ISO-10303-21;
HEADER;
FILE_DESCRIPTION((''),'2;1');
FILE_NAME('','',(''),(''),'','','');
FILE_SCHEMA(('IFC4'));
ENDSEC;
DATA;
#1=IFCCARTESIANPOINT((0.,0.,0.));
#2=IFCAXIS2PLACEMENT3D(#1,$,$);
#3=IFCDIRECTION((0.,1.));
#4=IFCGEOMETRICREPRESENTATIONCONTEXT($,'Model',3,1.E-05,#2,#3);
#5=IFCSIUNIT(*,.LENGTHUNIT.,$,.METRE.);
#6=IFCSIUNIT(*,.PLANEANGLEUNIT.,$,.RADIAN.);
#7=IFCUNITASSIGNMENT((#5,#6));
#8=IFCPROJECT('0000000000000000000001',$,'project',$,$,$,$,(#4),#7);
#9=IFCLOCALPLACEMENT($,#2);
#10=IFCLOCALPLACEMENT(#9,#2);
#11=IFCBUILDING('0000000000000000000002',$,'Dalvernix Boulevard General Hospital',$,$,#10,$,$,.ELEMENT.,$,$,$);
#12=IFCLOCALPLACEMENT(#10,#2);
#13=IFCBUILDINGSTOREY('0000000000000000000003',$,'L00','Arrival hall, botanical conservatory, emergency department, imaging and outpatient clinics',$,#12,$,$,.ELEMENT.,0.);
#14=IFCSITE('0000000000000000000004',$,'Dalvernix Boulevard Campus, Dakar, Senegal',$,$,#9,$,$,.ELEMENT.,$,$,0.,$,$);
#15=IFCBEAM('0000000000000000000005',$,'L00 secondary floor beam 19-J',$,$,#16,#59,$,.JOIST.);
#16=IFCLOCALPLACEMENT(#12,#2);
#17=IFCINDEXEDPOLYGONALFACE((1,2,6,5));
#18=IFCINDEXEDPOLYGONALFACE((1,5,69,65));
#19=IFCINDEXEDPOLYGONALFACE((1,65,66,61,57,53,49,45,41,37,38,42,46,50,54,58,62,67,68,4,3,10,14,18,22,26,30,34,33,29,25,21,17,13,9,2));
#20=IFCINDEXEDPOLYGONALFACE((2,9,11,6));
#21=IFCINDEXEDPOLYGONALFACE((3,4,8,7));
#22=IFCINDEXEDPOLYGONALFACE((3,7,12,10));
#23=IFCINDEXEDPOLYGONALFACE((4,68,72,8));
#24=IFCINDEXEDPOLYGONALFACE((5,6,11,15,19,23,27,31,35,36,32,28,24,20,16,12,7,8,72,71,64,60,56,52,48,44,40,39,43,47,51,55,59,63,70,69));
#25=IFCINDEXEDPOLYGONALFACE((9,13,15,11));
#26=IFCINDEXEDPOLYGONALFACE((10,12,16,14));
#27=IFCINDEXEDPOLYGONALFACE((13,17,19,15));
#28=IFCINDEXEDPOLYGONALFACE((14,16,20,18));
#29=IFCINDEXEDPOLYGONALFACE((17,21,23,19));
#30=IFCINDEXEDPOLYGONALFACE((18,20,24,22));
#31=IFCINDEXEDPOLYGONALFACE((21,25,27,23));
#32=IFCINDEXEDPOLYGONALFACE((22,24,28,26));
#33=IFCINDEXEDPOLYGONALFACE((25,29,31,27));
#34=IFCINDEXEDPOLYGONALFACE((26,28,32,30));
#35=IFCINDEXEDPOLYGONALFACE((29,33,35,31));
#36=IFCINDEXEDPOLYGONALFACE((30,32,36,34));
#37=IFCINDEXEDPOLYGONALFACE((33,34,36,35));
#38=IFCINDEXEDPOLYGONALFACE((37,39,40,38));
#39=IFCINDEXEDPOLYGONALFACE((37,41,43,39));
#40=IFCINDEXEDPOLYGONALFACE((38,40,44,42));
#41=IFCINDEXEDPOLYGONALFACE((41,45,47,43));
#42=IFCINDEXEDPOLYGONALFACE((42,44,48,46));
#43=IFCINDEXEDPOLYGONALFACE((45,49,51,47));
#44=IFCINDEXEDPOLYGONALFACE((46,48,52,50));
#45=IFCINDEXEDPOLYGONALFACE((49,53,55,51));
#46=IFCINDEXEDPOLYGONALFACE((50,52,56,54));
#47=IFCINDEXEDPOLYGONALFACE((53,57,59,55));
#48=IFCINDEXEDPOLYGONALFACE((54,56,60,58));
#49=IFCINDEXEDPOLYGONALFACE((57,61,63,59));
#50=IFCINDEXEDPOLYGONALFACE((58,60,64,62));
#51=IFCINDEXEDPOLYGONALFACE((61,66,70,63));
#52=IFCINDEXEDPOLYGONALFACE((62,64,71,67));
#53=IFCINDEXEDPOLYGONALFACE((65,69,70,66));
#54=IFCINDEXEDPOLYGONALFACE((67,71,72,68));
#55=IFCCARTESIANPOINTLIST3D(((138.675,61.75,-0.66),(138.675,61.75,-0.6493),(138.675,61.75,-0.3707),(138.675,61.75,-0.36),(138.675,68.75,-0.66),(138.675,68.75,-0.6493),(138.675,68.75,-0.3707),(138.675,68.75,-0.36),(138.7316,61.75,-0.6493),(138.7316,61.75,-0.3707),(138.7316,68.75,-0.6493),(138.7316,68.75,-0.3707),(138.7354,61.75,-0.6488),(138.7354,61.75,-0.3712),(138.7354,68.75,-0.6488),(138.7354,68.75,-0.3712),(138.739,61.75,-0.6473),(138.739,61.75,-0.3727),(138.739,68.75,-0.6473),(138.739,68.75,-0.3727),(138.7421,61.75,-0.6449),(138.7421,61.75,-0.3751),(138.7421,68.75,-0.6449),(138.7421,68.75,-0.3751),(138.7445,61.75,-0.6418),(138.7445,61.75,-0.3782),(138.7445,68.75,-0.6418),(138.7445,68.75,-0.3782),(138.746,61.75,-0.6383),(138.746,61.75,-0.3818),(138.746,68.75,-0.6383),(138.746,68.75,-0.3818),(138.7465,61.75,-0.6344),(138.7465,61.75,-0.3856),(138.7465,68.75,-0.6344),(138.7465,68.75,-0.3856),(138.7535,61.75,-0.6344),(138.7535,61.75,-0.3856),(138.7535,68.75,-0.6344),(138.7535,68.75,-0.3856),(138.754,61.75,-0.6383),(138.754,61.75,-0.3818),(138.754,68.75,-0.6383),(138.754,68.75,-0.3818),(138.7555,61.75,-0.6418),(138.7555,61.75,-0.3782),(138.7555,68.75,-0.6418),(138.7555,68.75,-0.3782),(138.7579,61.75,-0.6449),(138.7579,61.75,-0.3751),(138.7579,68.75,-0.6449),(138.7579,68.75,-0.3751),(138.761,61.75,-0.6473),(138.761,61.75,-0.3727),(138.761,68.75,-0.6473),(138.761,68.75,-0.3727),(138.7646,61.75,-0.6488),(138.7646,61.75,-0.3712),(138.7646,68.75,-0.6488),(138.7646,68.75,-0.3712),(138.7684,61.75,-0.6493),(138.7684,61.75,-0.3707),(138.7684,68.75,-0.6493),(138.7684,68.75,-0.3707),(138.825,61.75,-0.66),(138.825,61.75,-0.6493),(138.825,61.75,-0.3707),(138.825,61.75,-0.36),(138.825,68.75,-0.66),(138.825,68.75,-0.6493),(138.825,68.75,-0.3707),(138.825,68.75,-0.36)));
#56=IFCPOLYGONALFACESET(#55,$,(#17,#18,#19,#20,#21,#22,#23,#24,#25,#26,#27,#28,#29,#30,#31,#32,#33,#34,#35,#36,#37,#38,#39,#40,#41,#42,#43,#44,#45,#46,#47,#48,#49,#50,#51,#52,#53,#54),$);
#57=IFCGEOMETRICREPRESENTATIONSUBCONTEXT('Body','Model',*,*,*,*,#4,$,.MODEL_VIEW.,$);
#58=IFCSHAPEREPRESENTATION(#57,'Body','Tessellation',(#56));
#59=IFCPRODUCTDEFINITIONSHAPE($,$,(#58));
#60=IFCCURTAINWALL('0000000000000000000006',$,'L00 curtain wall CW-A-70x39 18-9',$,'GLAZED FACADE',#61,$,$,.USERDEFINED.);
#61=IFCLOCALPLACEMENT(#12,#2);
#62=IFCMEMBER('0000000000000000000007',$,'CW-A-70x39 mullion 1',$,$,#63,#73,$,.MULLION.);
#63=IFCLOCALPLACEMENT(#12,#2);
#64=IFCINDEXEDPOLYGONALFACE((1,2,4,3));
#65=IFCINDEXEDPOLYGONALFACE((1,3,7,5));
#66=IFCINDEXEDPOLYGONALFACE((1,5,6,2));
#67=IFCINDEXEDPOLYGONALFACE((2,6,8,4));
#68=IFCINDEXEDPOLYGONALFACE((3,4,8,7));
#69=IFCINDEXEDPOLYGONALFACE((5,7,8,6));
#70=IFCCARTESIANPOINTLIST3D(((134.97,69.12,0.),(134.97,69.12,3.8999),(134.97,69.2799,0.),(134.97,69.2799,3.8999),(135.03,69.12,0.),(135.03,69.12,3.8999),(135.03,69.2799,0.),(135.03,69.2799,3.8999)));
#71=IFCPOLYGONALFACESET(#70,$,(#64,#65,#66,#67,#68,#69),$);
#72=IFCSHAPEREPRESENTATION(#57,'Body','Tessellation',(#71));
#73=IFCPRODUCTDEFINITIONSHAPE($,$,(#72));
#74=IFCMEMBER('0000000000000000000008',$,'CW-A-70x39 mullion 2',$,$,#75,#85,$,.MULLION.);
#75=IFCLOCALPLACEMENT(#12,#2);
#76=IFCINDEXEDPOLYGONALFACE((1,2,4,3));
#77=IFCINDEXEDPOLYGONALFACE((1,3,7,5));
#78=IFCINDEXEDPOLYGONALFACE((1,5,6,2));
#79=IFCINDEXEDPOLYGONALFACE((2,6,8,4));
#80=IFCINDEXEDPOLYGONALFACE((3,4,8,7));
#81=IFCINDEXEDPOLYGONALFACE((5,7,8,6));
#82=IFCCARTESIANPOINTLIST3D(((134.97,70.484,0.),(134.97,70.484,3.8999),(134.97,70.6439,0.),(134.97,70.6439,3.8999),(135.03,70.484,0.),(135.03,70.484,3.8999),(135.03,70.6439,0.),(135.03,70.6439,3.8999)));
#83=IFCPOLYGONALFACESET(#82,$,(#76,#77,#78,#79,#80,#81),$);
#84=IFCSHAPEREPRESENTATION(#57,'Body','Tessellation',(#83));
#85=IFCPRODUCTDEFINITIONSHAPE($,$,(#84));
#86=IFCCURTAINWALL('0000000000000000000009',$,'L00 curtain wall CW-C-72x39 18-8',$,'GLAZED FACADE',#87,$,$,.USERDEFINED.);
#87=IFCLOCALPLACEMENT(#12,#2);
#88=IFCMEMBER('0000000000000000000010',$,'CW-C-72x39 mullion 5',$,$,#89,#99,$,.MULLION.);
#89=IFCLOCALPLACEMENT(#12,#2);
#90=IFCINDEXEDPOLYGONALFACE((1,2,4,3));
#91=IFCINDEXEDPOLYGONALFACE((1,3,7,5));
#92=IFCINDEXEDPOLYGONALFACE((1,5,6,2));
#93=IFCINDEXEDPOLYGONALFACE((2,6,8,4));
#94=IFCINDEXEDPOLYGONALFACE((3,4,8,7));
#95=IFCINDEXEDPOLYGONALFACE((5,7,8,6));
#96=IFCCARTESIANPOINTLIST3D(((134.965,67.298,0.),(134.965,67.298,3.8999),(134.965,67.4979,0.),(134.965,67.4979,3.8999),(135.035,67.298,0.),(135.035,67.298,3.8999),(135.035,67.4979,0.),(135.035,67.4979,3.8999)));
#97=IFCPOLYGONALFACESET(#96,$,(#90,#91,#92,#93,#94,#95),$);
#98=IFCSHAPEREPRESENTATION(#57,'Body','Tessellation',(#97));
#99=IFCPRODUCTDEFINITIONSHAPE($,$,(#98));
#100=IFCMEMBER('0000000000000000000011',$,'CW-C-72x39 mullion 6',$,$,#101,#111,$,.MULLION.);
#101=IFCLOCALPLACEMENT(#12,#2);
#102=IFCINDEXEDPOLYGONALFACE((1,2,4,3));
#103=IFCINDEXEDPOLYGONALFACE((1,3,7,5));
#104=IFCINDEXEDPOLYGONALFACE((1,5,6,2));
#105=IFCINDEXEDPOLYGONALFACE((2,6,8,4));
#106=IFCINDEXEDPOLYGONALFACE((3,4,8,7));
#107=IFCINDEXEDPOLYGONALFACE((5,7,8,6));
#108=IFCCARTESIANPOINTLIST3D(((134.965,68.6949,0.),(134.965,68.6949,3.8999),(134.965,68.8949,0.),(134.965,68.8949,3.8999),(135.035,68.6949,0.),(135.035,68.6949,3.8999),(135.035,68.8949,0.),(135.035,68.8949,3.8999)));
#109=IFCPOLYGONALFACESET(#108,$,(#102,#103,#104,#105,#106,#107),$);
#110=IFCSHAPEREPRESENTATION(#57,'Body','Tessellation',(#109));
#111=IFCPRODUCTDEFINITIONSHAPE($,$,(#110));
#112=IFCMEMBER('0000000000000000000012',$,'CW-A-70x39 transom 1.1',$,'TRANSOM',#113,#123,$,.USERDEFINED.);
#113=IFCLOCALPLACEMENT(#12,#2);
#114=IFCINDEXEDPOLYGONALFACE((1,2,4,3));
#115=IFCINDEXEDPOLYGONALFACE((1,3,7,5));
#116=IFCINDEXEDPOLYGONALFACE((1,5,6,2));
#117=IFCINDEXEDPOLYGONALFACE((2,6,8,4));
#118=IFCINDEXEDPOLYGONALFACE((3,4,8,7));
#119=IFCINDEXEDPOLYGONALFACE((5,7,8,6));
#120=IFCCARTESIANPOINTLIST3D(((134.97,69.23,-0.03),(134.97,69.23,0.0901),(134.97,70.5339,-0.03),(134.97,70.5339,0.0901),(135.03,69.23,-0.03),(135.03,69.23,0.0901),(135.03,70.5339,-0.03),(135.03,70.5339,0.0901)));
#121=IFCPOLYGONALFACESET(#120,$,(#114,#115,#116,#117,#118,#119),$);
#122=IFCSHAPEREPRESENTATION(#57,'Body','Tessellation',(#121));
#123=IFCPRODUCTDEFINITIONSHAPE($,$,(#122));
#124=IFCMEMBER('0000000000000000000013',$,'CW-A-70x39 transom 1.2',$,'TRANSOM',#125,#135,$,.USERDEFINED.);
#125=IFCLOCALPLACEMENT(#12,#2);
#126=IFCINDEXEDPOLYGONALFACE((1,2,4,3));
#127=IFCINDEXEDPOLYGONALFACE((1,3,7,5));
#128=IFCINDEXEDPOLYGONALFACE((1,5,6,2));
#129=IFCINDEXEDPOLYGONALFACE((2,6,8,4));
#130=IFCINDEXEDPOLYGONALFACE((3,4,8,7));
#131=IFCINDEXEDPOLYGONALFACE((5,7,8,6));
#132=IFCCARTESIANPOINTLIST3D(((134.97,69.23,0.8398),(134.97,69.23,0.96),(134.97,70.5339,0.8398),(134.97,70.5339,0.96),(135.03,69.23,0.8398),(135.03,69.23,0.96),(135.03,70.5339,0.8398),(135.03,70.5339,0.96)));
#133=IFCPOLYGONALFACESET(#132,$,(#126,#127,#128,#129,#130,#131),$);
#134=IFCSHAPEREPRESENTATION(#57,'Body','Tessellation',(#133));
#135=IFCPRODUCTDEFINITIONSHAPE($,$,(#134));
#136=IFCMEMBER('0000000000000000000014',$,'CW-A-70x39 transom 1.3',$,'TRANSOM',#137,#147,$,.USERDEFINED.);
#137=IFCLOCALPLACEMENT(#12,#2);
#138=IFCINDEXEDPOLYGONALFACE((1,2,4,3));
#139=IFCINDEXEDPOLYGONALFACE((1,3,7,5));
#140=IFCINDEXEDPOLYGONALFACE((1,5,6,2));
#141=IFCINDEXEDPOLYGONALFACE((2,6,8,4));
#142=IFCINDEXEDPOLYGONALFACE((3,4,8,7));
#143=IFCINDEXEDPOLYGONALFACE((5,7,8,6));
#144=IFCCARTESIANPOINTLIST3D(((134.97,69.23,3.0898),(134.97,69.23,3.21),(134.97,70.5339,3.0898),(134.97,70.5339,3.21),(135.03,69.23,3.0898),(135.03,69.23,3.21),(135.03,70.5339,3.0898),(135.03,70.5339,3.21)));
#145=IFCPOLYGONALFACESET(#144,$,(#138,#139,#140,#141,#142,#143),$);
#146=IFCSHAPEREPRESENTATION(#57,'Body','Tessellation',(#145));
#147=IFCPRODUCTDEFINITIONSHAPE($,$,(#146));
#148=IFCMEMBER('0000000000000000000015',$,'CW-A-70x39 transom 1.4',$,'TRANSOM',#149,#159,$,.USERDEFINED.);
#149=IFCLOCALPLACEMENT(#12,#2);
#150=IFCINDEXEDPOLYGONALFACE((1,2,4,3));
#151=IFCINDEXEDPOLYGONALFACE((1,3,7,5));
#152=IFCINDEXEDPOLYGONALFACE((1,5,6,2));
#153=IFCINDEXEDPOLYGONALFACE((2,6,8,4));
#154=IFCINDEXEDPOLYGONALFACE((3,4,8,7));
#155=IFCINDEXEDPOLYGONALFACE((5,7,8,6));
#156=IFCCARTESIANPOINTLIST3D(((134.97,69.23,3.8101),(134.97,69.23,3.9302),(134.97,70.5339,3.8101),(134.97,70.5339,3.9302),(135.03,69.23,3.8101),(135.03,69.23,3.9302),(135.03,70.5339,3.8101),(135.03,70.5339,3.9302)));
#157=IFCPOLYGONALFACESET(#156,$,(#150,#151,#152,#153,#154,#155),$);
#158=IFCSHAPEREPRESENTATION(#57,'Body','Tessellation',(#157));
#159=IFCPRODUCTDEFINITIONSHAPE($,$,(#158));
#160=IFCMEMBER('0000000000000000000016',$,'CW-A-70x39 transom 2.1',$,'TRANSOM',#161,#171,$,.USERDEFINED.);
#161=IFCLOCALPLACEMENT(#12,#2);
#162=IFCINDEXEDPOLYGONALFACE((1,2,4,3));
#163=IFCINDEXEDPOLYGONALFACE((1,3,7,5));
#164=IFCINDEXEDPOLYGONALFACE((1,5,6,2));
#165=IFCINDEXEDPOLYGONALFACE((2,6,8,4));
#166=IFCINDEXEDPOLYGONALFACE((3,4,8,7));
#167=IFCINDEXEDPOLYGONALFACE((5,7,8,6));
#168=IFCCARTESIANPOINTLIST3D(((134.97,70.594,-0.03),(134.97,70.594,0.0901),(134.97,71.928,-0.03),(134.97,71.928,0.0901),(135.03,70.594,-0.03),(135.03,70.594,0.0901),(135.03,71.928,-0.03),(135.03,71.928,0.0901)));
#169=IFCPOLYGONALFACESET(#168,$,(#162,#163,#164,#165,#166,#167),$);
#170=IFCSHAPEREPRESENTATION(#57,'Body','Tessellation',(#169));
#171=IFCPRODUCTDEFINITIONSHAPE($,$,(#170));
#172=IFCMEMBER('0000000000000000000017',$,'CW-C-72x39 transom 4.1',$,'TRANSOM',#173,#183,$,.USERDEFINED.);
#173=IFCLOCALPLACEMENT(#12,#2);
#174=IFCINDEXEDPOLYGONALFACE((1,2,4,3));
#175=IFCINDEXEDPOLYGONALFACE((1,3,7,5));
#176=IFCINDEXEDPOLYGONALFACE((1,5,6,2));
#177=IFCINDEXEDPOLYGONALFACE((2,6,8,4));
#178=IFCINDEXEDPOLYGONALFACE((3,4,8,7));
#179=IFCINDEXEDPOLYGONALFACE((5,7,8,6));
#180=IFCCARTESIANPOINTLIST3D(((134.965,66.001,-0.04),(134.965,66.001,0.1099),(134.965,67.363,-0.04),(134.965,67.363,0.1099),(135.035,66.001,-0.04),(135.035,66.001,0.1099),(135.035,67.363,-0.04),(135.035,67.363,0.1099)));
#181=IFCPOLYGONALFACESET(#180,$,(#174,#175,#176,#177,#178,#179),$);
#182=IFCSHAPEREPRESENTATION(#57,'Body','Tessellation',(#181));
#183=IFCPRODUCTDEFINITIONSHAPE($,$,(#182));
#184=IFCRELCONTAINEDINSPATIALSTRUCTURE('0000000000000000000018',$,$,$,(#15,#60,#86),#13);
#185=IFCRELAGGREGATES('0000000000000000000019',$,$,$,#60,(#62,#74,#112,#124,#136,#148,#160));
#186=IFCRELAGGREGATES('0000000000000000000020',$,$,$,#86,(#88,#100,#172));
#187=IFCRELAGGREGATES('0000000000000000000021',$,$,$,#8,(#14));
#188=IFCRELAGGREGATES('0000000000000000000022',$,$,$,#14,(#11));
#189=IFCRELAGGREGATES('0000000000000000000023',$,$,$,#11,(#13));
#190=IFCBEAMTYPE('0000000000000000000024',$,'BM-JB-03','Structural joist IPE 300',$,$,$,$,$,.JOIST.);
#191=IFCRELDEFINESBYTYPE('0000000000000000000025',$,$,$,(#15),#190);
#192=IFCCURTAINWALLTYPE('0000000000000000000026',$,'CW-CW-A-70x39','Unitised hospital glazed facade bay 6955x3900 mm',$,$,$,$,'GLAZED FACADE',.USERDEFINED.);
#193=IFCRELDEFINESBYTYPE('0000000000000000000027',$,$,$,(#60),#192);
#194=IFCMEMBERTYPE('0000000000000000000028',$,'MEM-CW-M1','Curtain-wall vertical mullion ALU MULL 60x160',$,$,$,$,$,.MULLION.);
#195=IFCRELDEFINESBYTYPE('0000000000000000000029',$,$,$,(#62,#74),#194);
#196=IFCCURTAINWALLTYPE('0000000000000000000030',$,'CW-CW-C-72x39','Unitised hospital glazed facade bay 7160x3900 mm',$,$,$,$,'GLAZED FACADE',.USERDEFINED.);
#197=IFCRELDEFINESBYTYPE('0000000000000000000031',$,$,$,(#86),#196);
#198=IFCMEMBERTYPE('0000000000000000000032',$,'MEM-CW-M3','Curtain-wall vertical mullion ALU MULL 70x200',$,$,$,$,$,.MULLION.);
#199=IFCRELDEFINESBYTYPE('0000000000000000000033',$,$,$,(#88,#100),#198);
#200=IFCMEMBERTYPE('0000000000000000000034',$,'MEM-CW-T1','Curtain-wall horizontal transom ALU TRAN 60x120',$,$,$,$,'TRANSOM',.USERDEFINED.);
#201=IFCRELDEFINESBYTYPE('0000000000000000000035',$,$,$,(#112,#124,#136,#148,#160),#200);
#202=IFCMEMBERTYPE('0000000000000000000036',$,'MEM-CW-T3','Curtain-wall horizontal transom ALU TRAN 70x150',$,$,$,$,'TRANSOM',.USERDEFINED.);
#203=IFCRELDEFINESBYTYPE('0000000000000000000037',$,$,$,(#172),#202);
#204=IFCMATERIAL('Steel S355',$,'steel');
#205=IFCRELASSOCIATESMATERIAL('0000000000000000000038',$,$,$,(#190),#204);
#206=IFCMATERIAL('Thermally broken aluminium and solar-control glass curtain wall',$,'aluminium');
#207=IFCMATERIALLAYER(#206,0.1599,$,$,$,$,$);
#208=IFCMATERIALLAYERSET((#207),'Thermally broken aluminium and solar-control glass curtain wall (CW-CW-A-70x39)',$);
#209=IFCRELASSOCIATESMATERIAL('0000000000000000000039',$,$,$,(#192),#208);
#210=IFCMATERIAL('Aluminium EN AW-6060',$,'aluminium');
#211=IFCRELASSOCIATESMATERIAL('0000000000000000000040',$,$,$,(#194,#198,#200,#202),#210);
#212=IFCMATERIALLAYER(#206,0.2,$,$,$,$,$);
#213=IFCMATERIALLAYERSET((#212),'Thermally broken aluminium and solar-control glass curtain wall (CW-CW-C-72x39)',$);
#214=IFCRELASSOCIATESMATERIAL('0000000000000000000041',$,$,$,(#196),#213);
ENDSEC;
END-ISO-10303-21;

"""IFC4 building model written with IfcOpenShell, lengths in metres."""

from ifc_helpers import new_model, si_unit, direction, frame, origin, origin_2d, place, context, subcontext, project, spatial, rectangle, i_section, extrude, material, layer, layer_set, material_profile, profile_set, type_object, element, aggregate, save


model = new_model("IFC4")

# Units and contexts
model_context = context("Model", 3, precision=1e-05, world=origin(), true_north=direction((0.0, 1.0)))
body_context = subcontext(model_context, "Body", "Model", "MODEL_VIEW")
ifc_project = project(units=[si_unit("LENGTHUNIT", "METRE"), si_unit("PLANEANGLEUNIT", "RADIAN")], contexts=[model_context])

# Site, building, storey
site_placement = place(None, origin())
site = spatial("IfcSite", under=ifc_project, at=site_placement, Name="Dalvernix Boulevard Campus, Dakar, Senegal", CompositionType="ELEMENT", RefElevation=0.0)
building_placement = place(site_placement, origin())
building = spatial("IfcBuilding", under=site, at=building_placement, Name="Dalvernix Boulevard General Hospital", CompositionType="ELEMENT")
storey_placement = place(building_placement, origin())
storey = spatial("IfcBuildingStorey", under=building, at=storey_placement, Name="L00", Description="Arrival hall, botanical conservatory, emergency department, imaging and outpatient clinics", CompositionType="ELEMENT", Elevation=0.0)

# Beam
ifc_material_1 = material(Name="Steel S355", Category="steel")
ifc_material_profile_1 = material_profile(ifc_material_1, i_section(OverallWidth=0.1499, OverallDepth=0.3, WebThickness=0.0071, FlangeThickness=0.0107, FilletRadius=0.0149, at=origin_2d()), Name="IPE 300")
ifc_profile_set_1 = profile_set([ifc_material_profile_1], Name="Steel S355")
beam_type_1 = type_object("IfcBeamType", Name="BM-JB-03", Description="Structural joist IPE 300", PredefinedType="JOIST", material=ifc_profile_set_1)
beam_placement = place(storey_placement, frame((138.75, 61.75, -0.51), z_axis=(0.0, 1.0, 0.0), x_axis=(-1.0, 0.0, 0.0)))
element("IfcBeam", 1, at=beam_placement, inside=storey, type_object=beam_type_1, Name="L00 secondary floor beam 19-J", PredefinedType="JOIST", context=body_context, shape_type="SweptSolid", body=[
    extrude(i_section(OverallWidth=0.1499, OverallDepth=0.3, WebThickness=0.0071, FlangeThickness=0.0107, FilletRadius=0.0149, at=origin_2d()), origin(), (0.0, 0.0, 1.0), 7.0),
])

# Curtain walls, members
ifc_material_2 = material(Name="Thermally broken aluminium and solar-control glass curtain wall", Category="aluminium")
ifc_layer_1 = layer(ifc_material_2, 0.1599)
ifc_layer_set_1 = layer_set([ifc_layer_1], Name="Thermally broken aluminium and solar-control glass curtain wall (CW-CW-A-70x39)")
curtain_wall_type_1 = type_object("IfcCurtainWallType", Name="CW-CW-A-70x39", Description="Unitised hospital glazed facade bay 6955x3900 mm", ElementType="GLAZED FACADE", PredefinedType="USERDEFINED", material=ifc_layer_set_1)
curtain_wall_1_placement = place(storey_placement, origin())
curtain_wall_1 = element("IfcCurtainWall", 2, at=curtain_wall_1_placement, inside=storey, type_object=curtain_wall_type_1, Name="L00 curtain wall CW-A-70x39 18-9", ObjectType="GLAZED FACADE", PredefinedType="USERDEFINED")
ifc_material_3 = material(Name="Aluminium EN AW-6060", Category="aluminium")
ifc_material_profile_2 = material_profile(ifc_material_3, rectangle(XDim=0.0601, YDim=0.1599, at=origin_2d()), Name="ALU MULL 60x160")
ifc_profile_set_2 = profile_set([ifc_material_profile_2], Name="Aluminium EN AW-6060")
member_type_1 = type_object("IfcMemberType", Name="MEM-CW-M1", Description="Curtain-wall vertical mullion ALU MULL 60x160", PredefinedType="MULLION", material=ifc_profile_set_2)
member_1_placement = place(storey_placement, frame((135.0, 69.2, 0.0), z_axis=(0.0, 0.0, 1.0), x_axis=(-1.0, 0.0, 0.0)))
member_1 = element("IfcMember", 3, at=member_1_placement, type_object=member_type_1, Name="CW-A-70x39 mullion 1", PredefinedType="MULLION", context=body_context, shape_type="SweptSolid", body=[
    extrude(rectangle(XDim=0.0601, YDim=0.1599, at=origin_2d()), origin(), (0.0, 0.0, 1.0), 3.8999),
])
member_2_placement = place(storey_placement, frame((135.0, 70.564, 0.0), z_axis=(0.0, 0.0, 1.0), x_axis=(-1.0, 0.0, 0.0)))
member_2 = element("IfcMember", 4, at=member_2_placement, type_object=member_type_1, Name="CW-A-70x39 mullion 2", PredefinedType="MULLION", context=body_context, shape_type="SweptSolid", body=[
    extrude(rectangle(XDim=0.0601, YDim=0.1599, at=origin_2d()), origin(), (0.0, 0.0, 1.0), 3.8999),
])
ifc_layer_2 = layer(ifc_material_2, 0.2)
ifc_layer_set_2 = layer_set([ifc_layer_2], Name="Thermally broken aluminium and solar-control glass curtain wall (CW-CW-C-72x39)")
curtain_wall_type_2 = type_object("IfcCurtainWallType", Name="CW-CW-C-72x39", Description="Unitised hospital glazed facade bay 7160x3900 mm", ElementType="GLAZED FACADE", PredefinedType="USERDEFINED", material=ifc_layer_set_2)
curtain_wall_2_placement = place(storey_placement, origin())
curtain_wall_2 = element("IfcCurtainWall", 5, at=curtain_wall_2_placement, inside=storey, type_object=curtain_wall_type_2, Name="L00 curtain wall CW-C-72x39 18-8", ObjectType="GLAZED FACADE", PredefinedType="USERDEFINED")
ifc_material_profile_3 = material_profile(ifc_material_3, rectangle(XDim=0.0701, YDim=0.2, at=origin_2d()), Name="ALU MULL 70x200")
ifc_profile_set_3 = profile_set([ifc_material_profile_3], Name="Aluminium EN AW-6060")
member_type_2 = type_object("IfcMemberType", Name="MEM-CW-M3", Description="Curtain-wall vertical mullion ALU MULL 70x200", PredefinedType="MULLION", material=ifc_profile_set_3)
member_3_placement = place(storey_placement, frame((135.0, 67.3979, 0.0), z_axis=(0.0, 0.0, 1.0), x_axis=(-1.0, 0.0, 0.0)))
member_3 = element("IfcMember", 6, at=member_3_placement, type_object=member_type_2, Name="CW-C-72x39 mullion 5", PredefinedType="MULLION", context=body_context, shape_type="SweptSolid", body=[
    extrude(rectangle(XDim=0.0701, YDim=0.2, at=origin_2d()), origin(), (0.0, 0.0, 1.0), 3.8999),
])
member_4_placement = place(storey_placement, frame((135.0, 68.7949, 0.0), z_axis=(0.0, 0.0, 1.0), x_axis=(-1.0, 0.0, 0.0)))
member_4 = element("IfcMember", 7, at=member_4_placement, type_object=member_type_2, Name="CW-C-72x39 mullion 6", PredefinedType="MULLION", context=body_context, shape_type="SweptSolid", body=[
    extrude(rectangle(XDim=0.0701, YDim=0.2, at=origin_2d()), origin(), (0.0, 0.0, 1.0), 3.8999),
])

# Members
ifc_material_profile_4 = material_profile(ifc_material_3, rectangle(XDim=0.0601, YDim=0.1201, at=origin_2d()), Name="ALU TRAN 60x120")
ifc_profile_set_4 = profile_set([ifc_material_profile_4], Name="Aluminium EN AW-6060")
member_type_3 = type_object("IfcMemberType", Name="MEM-CW-T1", Description="Curtain-wall horizontal transom ALU TRAN 60x120", ElementType="TRANSOM", PredefinedType="USERDEFINED", material=ifc_profile_set_4)
member_5_placement = place(storey_placement, frame((135.0, 69.23, 0.03), z_axis=(0.0, 1.0, 0.0), x_axis=(-1.0, 0.0, 0.0)))
member_5 = element("IfcMember", 8, at=member_5_placement, type_object=member_type_3, Name="CW-A-70x39 transom 1.1", ObjectType="TRANSOM", PredefinedType="USERDEFINED", context=body_context, shape_type="SweptSolid", body=[
    extrude(rectangle(XDim=0.0601, YDim=0.1201, at=origin_2d()), origin(), (0.0, 0.0, 1.0), 1.304),
])
member_6_placement = place(storey_placement, frame((135.0, 69.23, 0.8999), z_axis=(0.0, 1.0, 0.0), x_axis=(-1.0, 0.0, 0.0)))
member_6 = element("IfcMember", 9, at=member_6_placement, type_object=member_type_3, Name="CW-A-70x39 transom 1.2", ObjectType="TRANSOM", PredefinedType="USERDEFINED", context=body_context, shape_type="SweptSolid", body=[
    extrude(rectangle(XDim=0.0601, YDim=0.1201, at=origin_2d()), origin(), (0.0, 0.0, 1.0), 1.304),
])
member_7_placement = place(storey_placement, frame((135.0, 69.23, 3.1499), z_axis=(0.0, 1.0, 0.0), x_axis=(-1.0, 0.0, 0.0)))
member_7 = element("IfcMember", 10, at=member_7_placement, type_object=member_type_3, Name="CW-A-70x39 transom 1.3", ObjectType="TRANSOM", PredefinedType="USERDEFINED", context=body_context, shape_type="SweptSolid", body=[
    extrude(rectangle(XDim=0.0601, YDim=0.1201, at=origin_2d()), origin(), (0.0, 0.0, 1.0), 1.304),
])
member_8_placement = place(storey_placement, frame((135.0, 69.23, 3.8701), z_axis=(0.0, 1.0, 0.0), x_axis=(-1.0, 0.0, 0.0)))
member_8 = element("IfcMember", 11, at=member_8_placement, type_object=member_type_3, Name="CW-A-70x39 transom 1.4", ObjectType="TRANSOM", PredefinedType="USERDEFINED", context=body_context, shape_type="SweptSolid", body=[
    extrude(rectangle(XDim=0.0601, YDim=0.1201, at=origin_2d()), origin(), (0.0, 0.0, 1.0), 1.304),
])
member_9_placement = place(storey_placement, frame((135.0, 70.594, 0.03), z_axis=(0.0, 1.0, 0.0), x_axis=(-1.0, 0.0, 0.0)))
member_9 = element("IfcMember", 12, at=member_9_placement, type_object=member_type_3, Name="CW-A-70x39 transom 2.1", ObjectType="TRANSOM", PredefinedType="USERDEFINED", context=body_context, shape_type="SweptSolid", body=[
    extrude(rectangle(XDim=0.0601, YDim=0.1201, at=origin_2d()), origin(), (0.0, 0.0, 1.0), 1.334),
])
ifc_material_profile_5 = material_profile(ifc_material_3, rectangle(XDim=0.0701, YDim=0.1499, at=origin_2d()), Name="ALU TRAN 70x150")
ifc_profile_set_5 = profile_set([ifc_material_profile_5], Name="Aluminium EN AW-6060")
member_type_4 = type_object("IfcMemberType", Name="MEM-CW-T3", Description="Curtain-wall horizontal transom ALU TRAN 70x150", ElementType="TRANSOM", PredefinedType="USERDEFINED", material=ifc_profile_set_5)
member_10_placement = place(storey_placement, frame((135.0, 66.001, 0.0349), z_axis=(0.0, 1.0, 0.0), x_axis=(-1.0, 0.0, 0.0)))
member_10 = element("IfcMember", 13, at=member_10_placement, type_object=member_type_4, Name="CW-C-72x39 transom 4.1", ObjectType="TRANSOM", PredefinedType="USERDEFINED", context=body_context, shape_type="SweptSolid", body=[
    extrude(rectangle(XDim=0.0701, YDim=0.1499, at=origin_2d()), origin(), (0.0, 0.0, 1.0), 1.3621),
])

aggregate(curtain_wall_1, [member_1, member_2, member_5, member_6, member_7, member_8, member_9])
aggregate(curtain_wall_2, [member_3, member_4, member_10])

save(model, "model.ifc")
